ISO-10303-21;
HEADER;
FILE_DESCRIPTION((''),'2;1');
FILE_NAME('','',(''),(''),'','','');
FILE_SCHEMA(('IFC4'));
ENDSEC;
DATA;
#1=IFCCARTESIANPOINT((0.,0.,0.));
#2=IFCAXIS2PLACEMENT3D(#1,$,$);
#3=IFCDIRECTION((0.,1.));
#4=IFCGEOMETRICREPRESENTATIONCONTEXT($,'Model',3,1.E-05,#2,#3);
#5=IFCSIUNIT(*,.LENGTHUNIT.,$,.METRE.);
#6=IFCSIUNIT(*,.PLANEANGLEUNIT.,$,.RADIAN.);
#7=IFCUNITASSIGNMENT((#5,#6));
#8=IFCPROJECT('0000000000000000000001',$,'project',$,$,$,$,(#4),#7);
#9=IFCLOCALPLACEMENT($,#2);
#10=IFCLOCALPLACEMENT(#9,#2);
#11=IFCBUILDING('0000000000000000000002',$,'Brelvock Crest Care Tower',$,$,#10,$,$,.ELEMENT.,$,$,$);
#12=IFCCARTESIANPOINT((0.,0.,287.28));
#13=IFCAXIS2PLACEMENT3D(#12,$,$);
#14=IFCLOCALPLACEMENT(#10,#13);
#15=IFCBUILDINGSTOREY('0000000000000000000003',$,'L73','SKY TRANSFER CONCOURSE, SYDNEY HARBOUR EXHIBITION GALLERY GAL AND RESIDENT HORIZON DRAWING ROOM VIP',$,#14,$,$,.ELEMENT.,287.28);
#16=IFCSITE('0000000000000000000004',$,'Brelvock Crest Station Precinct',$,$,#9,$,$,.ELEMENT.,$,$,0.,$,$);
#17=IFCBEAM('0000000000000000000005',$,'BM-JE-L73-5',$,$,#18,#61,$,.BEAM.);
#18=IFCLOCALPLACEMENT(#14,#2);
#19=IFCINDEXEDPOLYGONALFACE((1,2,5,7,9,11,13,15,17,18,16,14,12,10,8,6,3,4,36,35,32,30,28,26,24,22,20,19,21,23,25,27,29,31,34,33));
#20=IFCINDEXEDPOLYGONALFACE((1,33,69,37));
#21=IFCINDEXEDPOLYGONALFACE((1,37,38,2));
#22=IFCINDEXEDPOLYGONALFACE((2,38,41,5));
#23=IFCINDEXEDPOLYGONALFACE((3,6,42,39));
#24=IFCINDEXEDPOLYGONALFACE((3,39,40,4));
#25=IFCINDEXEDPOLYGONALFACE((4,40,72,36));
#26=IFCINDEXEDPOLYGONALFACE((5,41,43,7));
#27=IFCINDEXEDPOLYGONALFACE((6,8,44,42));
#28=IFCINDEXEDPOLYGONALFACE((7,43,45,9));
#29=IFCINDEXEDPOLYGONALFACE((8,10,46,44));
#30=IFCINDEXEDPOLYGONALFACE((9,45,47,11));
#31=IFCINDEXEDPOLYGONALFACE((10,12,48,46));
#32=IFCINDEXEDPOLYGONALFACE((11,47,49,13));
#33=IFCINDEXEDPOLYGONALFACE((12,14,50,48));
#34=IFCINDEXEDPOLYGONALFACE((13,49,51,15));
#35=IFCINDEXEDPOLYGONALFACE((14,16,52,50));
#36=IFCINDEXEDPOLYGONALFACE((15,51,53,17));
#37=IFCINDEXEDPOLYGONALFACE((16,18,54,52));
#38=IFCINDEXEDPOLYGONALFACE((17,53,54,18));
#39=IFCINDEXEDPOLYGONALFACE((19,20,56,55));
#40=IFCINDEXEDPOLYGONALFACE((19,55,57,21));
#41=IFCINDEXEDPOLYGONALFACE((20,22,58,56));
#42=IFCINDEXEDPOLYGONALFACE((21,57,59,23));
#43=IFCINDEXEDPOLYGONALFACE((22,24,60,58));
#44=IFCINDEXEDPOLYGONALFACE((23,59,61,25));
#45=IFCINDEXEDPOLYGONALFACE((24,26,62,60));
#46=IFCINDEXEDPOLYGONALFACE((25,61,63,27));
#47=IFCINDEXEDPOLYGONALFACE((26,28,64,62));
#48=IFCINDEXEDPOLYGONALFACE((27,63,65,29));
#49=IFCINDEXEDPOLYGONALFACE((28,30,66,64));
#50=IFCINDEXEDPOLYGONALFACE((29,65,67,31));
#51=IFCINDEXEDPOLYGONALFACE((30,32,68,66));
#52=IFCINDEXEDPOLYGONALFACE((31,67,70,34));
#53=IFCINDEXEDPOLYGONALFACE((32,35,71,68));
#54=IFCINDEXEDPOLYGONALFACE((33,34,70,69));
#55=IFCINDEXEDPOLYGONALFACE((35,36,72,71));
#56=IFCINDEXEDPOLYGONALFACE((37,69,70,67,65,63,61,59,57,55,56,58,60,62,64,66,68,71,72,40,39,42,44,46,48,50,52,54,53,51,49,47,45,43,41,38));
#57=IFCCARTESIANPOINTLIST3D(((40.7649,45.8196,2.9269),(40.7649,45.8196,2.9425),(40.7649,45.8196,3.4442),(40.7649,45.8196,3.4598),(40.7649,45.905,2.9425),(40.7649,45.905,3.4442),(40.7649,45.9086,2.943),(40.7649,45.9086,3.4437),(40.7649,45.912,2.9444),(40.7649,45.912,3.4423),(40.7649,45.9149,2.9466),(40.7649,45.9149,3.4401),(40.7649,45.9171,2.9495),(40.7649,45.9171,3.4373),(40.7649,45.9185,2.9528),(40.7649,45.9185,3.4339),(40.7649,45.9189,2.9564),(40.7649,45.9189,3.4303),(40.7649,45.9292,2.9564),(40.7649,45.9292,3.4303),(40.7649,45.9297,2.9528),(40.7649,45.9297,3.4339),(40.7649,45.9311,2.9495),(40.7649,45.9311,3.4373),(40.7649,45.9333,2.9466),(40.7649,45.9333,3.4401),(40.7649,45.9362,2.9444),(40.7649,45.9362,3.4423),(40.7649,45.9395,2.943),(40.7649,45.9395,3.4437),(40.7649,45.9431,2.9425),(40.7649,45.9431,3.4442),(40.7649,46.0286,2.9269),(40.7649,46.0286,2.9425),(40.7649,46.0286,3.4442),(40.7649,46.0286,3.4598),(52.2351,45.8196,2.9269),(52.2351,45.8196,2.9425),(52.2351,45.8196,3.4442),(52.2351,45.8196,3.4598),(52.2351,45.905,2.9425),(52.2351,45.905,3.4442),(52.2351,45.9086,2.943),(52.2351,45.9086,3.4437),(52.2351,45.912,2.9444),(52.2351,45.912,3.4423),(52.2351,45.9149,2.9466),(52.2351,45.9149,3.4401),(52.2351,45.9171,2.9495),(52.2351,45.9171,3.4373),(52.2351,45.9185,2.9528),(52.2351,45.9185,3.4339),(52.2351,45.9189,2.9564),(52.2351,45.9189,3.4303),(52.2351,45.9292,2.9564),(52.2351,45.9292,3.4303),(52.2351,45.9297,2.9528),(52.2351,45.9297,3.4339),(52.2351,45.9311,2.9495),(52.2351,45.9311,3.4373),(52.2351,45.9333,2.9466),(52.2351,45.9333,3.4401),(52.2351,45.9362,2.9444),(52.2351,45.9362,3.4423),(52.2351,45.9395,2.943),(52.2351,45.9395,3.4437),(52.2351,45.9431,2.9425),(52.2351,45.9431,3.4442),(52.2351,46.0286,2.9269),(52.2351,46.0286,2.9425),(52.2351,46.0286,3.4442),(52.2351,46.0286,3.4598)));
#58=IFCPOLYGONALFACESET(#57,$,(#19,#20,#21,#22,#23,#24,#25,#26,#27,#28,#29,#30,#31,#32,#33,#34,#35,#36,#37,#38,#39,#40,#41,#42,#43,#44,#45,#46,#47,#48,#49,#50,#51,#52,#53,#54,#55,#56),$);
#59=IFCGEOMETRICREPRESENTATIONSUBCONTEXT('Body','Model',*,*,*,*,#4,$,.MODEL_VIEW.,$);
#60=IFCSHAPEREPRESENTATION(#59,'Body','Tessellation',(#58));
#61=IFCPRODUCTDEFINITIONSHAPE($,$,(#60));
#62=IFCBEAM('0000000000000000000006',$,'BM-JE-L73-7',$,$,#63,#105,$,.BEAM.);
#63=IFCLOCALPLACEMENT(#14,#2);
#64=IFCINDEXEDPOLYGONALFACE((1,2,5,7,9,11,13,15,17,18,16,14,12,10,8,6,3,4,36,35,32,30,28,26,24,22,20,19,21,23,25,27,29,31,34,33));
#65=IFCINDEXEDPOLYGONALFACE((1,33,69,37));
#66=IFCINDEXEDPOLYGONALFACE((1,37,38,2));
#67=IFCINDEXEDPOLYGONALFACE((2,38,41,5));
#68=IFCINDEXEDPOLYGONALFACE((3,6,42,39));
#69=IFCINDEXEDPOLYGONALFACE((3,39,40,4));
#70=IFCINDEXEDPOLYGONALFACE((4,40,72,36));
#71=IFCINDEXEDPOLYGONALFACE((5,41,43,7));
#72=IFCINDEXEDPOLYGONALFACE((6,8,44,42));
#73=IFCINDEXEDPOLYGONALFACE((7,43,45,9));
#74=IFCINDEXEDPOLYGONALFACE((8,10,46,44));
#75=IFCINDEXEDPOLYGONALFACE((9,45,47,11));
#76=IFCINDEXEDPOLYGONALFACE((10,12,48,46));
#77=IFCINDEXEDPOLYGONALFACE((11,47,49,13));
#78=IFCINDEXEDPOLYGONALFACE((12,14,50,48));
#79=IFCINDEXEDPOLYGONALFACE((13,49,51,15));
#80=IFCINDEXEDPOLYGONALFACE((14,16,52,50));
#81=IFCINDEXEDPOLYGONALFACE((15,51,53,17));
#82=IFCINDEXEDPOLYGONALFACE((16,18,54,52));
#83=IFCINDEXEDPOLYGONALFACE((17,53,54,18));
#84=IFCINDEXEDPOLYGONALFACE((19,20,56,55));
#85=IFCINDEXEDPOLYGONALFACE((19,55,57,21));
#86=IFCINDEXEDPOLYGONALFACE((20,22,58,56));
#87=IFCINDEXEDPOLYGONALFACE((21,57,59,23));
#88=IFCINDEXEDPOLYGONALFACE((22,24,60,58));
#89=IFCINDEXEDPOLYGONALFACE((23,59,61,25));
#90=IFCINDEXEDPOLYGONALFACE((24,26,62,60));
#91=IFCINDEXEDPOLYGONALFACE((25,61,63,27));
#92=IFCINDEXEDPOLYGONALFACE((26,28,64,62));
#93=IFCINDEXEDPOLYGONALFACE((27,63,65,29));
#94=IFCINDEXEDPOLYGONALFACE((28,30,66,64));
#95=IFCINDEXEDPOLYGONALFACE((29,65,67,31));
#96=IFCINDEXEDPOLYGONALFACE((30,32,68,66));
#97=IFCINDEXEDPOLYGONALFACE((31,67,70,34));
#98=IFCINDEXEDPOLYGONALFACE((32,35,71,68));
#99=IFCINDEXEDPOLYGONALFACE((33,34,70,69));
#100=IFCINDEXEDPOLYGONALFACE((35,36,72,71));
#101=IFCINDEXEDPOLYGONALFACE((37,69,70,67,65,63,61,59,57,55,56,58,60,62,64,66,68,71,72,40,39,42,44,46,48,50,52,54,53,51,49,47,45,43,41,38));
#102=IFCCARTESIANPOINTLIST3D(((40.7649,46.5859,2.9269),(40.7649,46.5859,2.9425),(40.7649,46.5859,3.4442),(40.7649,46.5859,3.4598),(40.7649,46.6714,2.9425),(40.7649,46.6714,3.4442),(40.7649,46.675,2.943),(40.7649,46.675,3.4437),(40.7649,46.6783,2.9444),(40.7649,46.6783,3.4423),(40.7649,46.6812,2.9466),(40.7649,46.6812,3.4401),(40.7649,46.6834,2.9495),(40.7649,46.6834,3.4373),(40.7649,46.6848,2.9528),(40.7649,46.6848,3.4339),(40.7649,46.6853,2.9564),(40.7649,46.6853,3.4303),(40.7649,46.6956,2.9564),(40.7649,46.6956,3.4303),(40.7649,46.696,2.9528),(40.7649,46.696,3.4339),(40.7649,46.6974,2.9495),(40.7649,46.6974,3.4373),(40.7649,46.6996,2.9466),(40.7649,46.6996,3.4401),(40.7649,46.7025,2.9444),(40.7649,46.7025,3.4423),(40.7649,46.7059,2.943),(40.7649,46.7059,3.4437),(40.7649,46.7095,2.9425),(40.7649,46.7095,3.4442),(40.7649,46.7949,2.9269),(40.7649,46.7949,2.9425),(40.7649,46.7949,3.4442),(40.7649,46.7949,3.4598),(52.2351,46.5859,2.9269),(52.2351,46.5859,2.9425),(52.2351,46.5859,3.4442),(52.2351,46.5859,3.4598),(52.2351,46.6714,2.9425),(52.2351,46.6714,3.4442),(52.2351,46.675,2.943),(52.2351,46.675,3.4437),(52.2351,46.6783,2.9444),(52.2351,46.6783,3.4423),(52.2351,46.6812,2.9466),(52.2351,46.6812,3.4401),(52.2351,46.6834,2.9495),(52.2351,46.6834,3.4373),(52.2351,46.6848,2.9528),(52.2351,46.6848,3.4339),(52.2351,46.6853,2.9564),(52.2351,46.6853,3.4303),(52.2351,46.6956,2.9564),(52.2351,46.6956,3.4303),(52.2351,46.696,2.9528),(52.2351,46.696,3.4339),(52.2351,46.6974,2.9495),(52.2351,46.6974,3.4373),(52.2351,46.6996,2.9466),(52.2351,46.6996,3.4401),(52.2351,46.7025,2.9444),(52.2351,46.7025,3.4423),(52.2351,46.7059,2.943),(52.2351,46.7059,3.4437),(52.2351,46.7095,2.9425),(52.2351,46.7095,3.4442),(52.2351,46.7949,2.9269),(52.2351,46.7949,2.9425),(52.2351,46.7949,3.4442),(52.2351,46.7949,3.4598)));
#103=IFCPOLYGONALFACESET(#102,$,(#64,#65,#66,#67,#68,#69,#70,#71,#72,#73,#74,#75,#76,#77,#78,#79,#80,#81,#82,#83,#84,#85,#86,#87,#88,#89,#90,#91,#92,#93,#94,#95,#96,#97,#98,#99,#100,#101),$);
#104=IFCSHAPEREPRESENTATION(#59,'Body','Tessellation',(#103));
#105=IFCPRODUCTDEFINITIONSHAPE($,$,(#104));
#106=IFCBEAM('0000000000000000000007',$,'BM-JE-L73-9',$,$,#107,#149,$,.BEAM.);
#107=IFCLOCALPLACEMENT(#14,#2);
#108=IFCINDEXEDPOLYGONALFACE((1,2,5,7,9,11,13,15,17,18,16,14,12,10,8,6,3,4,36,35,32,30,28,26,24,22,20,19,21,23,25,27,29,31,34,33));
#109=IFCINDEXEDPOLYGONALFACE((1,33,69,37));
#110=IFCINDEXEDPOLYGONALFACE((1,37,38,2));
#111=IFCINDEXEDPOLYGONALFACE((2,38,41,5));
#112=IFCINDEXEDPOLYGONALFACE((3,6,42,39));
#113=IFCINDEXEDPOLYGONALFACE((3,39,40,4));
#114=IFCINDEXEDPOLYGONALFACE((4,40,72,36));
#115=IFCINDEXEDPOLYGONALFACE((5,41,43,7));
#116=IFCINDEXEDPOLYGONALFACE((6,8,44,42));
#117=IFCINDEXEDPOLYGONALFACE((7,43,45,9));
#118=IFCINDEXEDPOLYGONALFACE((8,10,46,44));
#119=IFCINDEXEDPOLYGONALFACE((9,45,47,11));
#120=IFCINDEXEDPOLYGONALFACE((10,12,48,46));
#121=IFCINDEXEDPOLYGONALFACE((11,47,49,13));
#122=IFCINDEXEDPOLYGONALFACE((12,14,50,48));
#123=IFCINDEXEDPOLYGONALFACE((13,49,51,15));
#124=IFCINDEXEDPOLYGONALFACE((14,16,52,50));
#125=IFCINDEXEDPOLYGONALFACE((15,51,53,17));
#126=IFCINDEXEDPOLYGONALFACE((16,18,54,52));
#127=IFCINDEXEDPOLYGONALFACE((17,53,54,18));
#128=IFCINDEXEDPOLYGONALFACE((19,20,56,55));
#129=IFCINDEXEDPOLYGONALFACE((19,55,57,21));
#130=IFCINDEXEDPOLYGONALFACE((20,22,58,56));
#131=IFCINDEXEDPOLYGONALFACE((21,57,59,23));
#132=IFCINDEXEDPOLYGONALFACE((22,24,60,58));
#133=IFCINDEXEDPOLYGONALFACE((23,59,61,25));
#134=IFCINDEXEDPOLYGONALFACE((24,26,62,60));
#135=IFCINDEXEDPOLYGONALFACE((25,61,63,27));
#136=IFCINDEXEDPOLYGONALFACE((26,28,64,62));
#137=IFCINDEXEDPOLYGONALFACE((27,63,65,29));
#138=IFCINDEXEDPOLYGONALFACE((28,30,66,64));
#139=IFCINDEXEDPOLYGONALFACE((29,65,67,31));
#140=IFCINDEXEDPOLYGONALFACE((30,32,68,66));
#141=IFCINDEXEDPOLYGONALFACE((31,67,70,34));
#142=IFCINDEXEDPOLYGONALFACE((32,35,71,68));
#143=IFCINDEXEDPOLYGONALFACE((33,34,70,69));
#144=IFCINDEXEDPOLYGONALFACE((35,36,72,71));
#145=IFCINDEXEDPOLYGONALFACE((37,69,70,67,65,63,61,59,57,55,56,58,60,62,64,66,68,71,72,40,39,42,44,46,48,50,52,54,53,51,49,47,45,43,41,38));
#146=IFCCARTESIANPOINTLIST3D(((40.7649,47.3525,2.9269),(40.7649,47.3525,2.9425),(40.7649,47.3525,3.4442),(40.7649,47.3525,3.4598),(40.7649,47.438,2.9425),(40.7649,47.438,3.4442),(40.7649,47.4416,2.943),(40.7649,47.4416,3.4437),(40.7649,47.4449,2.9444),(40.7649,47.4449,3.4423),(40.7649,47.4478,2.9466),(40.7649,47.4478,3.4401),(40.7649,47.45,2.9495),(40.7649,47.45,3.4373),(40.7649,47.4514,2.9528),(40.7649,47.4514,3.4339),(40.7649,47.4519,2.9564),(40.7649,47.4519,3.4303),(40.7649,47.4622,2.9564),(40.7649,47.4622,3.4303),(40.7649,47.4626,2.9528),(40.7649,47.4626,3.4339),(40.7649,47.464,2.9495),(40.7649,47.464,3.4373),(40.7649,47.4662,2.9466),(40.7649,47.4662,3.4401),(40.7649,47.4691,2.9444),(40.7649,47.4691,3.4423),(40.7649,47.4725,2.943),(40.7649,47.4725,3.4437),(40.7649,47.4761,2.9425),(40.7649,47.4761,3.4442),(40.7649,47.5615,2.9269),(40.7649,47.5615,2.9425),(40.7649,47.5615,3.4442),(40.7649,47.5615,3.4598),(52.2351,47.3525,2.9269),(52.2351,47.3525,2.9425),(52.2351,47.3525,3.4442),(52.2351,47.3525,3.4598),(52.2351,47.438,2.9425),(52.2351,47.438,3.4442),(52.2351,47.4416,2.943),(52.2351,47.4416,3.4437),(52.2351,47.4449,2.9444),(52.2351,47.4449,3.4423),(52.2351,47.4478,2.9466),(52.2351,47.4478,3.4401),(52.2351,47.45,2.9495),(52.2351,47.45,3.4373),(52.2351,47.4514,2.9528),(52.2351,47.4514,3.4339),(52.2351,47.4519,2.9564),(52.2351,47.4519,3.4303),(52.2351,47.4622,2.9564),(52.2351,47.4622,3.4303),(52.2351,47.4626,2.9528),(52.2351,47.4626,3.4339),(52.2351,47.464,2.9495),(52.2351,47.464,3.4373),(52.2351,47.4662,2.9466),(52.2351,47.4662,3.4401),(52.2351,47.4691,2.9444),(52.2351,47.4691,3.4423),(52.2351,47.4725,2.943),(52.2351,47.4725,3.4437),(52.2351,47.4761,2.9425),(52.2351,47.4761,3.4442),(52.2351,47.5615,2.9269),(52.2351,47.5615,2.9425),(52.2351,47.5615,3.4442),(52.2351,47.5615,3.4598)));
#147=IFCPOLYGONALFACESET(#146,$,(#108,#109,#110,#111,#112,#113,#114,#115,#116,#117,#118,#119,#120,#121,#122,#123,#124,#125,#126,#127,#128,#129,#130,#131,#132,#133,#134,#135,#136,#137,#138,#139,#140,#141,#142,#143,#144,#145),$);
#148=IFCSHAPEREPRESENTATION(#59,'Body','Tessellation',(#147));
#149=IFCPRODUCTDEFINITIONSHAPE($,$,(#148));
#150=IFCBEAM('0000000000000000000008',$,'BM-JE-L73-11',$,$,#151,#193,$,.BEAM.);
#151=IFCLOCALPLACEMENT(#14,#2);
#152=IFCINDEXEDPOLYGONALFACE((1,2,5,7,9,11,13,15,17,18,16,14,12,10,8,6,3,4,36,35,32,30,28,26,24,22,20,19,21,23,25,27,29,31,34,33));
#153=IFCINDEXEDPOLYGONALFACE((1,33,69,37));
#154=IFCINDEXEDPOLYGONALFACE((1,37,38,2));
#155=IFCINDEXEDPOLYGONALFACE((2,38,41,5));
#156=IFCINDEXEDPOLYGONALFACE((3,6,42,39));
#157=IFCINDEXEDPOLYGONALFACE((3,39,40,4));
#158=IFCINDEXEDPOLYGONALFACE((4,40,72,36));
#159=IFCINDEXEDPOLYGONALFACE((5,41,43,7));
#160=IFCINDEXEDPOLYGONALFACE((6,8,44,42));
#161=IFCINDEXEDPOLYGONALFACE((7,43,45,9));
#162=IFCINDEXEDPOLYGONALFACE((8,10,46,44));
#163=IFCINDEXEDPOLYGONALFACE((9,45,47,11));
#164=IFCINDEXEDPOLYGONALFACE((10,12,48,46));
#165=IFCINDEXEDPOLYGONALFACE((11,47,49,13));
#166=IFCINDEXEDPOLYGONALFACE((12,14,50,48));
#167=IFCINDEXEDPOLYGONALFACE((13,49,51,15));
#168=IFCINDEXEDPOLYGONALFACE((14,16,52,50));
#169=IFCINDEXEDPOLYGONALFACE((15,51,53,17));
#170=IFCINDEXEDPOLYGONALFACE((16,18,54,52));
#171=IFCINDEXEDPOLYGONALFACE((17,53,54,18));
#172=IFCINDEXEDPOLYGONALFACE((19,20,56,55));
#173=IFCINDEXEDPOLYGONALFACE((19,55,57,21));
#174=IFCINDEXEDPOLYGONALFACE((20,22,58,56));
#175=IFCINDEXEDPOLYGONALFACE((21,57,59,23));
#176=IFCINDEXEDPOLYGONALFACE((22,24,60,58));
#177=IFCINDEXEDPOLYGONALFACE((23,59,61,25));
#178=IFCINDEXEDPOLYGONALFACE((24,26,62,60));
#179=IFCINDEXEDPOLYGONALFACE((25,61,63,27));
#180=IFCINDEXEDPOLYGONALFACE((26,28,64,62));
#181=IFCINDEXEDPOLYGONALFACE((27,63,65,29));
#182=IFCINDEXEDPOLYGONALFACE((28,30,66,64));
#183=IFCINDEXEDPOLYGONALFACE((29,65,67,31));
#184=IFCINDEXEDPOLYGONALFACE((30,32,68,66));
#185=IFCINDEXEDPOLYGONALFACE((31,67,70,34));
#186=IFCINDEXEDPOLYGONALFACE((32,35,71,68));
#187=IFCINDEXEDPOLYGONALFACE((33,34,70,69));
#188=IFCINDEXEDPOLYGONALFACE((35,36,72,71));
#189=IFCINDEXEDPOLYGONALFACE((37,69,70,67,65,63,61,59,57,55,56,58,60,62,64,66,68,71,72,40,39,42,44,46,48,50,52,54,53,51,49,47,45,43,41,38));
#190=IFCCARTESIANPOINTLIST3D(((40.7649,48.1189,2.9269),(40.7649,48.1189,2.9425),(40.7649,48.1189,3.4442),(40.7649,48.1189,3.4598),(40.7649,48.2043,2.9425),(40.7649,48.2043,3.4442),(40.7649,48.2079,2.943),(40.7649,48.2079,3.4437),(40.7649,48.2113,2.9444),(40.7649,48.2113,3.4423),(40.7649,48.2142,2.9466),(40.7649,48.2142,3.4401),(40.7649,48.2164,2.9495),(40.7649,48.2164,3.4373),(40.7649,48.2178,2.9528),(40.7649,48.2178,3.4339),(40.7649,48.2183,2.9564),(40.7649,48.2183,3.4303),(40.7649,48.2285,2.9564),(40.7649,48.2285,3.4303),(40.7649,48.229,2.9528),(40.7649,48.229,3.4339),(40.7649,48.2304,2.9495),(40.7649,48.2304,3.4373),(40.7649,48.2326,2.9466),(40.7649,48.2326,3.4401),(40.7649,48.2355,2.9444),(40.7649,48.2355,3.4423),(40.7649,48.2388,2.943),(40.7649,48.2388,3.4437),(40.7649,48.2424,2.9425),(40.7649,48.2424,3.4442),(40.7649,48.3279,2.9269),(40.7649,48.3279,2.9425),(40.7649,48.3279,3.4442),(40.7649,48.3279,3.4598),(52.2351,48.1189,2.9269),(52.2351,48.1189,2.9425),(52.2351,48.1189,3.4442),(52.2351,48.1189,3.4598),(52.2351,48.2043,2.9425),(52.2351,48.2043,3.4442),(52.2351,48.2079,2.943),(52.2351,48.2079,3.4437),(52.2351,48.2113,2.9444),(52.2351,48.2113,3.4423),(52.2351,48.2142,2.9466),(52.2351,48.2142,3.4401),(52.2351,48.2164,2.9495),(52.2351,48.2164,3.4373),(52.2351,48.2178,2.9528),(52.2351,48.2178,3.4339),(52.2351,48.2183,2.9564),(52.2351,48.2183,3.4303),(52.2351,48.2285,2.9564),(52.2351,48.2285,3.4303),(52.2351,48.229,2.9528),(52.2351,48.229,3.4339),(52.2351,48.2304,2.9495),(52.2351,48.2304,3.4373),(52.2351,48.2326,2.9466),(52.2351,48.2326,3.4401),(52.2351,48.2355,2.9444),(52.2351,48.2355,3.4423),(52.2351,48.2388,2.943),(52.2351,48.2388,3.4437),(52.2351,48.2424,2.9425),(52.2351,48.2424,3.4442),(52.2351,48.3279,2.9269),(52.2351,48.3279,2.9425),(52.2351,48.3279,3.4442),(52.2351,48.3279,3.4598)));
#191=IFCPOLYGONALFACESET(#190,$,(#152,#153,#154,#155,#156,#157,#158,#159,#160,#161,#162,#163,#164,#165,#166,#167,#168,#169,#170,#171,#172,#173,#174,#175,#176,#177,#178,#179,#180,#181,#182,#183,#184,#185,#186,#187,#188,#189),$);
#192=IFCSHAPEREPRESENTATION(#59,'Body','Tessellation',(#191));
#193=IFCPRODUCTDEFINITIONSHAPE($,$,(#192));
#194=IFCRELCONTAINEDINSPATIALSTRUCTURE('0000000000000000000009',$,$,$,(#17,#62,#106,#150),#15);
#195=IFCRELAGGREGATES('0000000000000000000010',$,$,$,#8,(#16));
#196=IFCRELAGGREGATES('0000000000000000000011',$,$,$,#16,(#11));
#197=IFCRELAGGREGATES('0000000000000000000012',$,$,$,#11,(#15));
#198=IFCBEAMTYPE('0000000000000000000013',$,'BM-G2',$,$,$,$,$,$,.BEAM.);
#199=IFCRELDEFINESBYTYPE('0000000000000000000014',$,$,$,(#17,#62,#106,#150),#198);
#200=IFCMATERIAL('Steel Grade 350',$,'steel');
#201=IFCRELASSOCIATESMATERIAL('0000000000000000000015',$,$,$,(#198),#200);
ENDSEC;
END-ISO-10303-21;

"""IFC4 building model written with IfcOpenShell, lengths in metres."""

from ifc_helpers import new_model, si_unit, direction, frame, origin, origin_2d, place, context, subcontext, project, spatial, i_section, extrude, source, transform, mapped, material, material_profile, profile_set, type_object, element, save


model = new_model("IFC4")

# Units and contexts
model_context = context("Model", 3, precision=1e-05, world=origin(), true_north=direction((0.0, 1.0)))
body_context = subcontext(model_context, "Body", "Model", "MODEL_VIEW")
ifc_project = project(units=[si_unit("LENGTHUNIT", "METRE"), si_unit("PLANEANGLEUNIT", "RADIAN")], contexts=[model_context])

# Site, building, storey
site_placement = place(None, origin())
site = spatial("IfcSite", under=ifc_project, at=site_placement, Name="Brelvock Crest Station Precinct", CompositionType="ELEMENT", RefElevation=0.0)
building_placement = place(site_placement, origin())
building = spatial("IfcBuilding", under=site, at=building_placement, Name="Brelvock Crest Care Tower", CompositionType="ELEMENT")
storey_placement = place(building_placement, frame((0.0, 0.0, 287.28)))
storey = spatial("IfcBuildingStorey", under=building, at=storey_placement, Name="L73", Description="SKY TRANSFER CONCOURSE, SYDNEY HARBOUR EXHIBITION GALLERY GAL AND RESIDENT HORIZON DRAWING ROOM VIP", CompositionType="ELEMENT", Elevation=287.28)

# Shared definitions
ifc_material_1 = material(Name="Steel Grade 350", Category="steel")

# Beams
ifc_material_profile_1 = material_profile(ifc_material_1, i_section(OverallWidth=0.209, OverallDepth=0.533, WebThickness=0.0103, FlangeThickness=0.0156, FilletRadius=0.0139, at=origin_2d()), Name="530UB92.4")
ifc_profile_set_1 = profile_set([ifc_material_profile_1], Name="Steel Grade 350")
beam_type_1 = type_object("IfcBeamType", Name="BM-G2", PredefinedType="BEAM", material=ifc_profile_set_1)
shared_shape_1 = source(origin(), body_context, "Body", "SweptSolid", [
    extrude(i_section(OverallWidth=0.209, OverallDepth=0.533, WebThickness=0.0103, FlangeThickness=0.0156, FilletRadius=0.0139, at=origin_2d()), origin(), (0.0, 0.0, 1.0), 11.4702),
])
for number, where, z_axis, x_axis, name in (
    (1, (40.7649, 45.9241, 3.1934), (1.0, 0.0, 0.0), (0.0, 1.0, 0.0), "BM-JE-L73-5"),
    (2, (40.7649, 46.6904, 3.1934), (1.0, 0.0, 0.0), (0.0, 1.0, 0.0), "BM-JE-L73-7"),
    (3, (40.7649, 47.457, 3.1934), (1.0, 0.0, 0.0), (0.0, 1.0, 0.0), "BM-JE-L73-9"),
    (4, (40.7649, 48.2234, 3.1934), (1.0, 0.0, 0.0), (0.0, 1.0, 0.0), "BM-JE-L73-11"),
):
    element("IfcBeam", number, at=place(storey_placement, frame(where, z_axis=z_axis, x_axis=x_axis)), inside=storey, type_object=beam_type_1, Name=name, PredefinedType="BEAM", context=body_context, shape_type="MappedRepresentation", body=[
        mapped(shared_shape_1, transform((0.0, 0.0, 0.0), x_axis=(1.0, 0.0, 0.0), y_axis=(0.0, 1.0, 0.0), z_axis=(0.0, 0.0, 1.0), scale=1.0)),
    ])

save(model, "model.ifc")
